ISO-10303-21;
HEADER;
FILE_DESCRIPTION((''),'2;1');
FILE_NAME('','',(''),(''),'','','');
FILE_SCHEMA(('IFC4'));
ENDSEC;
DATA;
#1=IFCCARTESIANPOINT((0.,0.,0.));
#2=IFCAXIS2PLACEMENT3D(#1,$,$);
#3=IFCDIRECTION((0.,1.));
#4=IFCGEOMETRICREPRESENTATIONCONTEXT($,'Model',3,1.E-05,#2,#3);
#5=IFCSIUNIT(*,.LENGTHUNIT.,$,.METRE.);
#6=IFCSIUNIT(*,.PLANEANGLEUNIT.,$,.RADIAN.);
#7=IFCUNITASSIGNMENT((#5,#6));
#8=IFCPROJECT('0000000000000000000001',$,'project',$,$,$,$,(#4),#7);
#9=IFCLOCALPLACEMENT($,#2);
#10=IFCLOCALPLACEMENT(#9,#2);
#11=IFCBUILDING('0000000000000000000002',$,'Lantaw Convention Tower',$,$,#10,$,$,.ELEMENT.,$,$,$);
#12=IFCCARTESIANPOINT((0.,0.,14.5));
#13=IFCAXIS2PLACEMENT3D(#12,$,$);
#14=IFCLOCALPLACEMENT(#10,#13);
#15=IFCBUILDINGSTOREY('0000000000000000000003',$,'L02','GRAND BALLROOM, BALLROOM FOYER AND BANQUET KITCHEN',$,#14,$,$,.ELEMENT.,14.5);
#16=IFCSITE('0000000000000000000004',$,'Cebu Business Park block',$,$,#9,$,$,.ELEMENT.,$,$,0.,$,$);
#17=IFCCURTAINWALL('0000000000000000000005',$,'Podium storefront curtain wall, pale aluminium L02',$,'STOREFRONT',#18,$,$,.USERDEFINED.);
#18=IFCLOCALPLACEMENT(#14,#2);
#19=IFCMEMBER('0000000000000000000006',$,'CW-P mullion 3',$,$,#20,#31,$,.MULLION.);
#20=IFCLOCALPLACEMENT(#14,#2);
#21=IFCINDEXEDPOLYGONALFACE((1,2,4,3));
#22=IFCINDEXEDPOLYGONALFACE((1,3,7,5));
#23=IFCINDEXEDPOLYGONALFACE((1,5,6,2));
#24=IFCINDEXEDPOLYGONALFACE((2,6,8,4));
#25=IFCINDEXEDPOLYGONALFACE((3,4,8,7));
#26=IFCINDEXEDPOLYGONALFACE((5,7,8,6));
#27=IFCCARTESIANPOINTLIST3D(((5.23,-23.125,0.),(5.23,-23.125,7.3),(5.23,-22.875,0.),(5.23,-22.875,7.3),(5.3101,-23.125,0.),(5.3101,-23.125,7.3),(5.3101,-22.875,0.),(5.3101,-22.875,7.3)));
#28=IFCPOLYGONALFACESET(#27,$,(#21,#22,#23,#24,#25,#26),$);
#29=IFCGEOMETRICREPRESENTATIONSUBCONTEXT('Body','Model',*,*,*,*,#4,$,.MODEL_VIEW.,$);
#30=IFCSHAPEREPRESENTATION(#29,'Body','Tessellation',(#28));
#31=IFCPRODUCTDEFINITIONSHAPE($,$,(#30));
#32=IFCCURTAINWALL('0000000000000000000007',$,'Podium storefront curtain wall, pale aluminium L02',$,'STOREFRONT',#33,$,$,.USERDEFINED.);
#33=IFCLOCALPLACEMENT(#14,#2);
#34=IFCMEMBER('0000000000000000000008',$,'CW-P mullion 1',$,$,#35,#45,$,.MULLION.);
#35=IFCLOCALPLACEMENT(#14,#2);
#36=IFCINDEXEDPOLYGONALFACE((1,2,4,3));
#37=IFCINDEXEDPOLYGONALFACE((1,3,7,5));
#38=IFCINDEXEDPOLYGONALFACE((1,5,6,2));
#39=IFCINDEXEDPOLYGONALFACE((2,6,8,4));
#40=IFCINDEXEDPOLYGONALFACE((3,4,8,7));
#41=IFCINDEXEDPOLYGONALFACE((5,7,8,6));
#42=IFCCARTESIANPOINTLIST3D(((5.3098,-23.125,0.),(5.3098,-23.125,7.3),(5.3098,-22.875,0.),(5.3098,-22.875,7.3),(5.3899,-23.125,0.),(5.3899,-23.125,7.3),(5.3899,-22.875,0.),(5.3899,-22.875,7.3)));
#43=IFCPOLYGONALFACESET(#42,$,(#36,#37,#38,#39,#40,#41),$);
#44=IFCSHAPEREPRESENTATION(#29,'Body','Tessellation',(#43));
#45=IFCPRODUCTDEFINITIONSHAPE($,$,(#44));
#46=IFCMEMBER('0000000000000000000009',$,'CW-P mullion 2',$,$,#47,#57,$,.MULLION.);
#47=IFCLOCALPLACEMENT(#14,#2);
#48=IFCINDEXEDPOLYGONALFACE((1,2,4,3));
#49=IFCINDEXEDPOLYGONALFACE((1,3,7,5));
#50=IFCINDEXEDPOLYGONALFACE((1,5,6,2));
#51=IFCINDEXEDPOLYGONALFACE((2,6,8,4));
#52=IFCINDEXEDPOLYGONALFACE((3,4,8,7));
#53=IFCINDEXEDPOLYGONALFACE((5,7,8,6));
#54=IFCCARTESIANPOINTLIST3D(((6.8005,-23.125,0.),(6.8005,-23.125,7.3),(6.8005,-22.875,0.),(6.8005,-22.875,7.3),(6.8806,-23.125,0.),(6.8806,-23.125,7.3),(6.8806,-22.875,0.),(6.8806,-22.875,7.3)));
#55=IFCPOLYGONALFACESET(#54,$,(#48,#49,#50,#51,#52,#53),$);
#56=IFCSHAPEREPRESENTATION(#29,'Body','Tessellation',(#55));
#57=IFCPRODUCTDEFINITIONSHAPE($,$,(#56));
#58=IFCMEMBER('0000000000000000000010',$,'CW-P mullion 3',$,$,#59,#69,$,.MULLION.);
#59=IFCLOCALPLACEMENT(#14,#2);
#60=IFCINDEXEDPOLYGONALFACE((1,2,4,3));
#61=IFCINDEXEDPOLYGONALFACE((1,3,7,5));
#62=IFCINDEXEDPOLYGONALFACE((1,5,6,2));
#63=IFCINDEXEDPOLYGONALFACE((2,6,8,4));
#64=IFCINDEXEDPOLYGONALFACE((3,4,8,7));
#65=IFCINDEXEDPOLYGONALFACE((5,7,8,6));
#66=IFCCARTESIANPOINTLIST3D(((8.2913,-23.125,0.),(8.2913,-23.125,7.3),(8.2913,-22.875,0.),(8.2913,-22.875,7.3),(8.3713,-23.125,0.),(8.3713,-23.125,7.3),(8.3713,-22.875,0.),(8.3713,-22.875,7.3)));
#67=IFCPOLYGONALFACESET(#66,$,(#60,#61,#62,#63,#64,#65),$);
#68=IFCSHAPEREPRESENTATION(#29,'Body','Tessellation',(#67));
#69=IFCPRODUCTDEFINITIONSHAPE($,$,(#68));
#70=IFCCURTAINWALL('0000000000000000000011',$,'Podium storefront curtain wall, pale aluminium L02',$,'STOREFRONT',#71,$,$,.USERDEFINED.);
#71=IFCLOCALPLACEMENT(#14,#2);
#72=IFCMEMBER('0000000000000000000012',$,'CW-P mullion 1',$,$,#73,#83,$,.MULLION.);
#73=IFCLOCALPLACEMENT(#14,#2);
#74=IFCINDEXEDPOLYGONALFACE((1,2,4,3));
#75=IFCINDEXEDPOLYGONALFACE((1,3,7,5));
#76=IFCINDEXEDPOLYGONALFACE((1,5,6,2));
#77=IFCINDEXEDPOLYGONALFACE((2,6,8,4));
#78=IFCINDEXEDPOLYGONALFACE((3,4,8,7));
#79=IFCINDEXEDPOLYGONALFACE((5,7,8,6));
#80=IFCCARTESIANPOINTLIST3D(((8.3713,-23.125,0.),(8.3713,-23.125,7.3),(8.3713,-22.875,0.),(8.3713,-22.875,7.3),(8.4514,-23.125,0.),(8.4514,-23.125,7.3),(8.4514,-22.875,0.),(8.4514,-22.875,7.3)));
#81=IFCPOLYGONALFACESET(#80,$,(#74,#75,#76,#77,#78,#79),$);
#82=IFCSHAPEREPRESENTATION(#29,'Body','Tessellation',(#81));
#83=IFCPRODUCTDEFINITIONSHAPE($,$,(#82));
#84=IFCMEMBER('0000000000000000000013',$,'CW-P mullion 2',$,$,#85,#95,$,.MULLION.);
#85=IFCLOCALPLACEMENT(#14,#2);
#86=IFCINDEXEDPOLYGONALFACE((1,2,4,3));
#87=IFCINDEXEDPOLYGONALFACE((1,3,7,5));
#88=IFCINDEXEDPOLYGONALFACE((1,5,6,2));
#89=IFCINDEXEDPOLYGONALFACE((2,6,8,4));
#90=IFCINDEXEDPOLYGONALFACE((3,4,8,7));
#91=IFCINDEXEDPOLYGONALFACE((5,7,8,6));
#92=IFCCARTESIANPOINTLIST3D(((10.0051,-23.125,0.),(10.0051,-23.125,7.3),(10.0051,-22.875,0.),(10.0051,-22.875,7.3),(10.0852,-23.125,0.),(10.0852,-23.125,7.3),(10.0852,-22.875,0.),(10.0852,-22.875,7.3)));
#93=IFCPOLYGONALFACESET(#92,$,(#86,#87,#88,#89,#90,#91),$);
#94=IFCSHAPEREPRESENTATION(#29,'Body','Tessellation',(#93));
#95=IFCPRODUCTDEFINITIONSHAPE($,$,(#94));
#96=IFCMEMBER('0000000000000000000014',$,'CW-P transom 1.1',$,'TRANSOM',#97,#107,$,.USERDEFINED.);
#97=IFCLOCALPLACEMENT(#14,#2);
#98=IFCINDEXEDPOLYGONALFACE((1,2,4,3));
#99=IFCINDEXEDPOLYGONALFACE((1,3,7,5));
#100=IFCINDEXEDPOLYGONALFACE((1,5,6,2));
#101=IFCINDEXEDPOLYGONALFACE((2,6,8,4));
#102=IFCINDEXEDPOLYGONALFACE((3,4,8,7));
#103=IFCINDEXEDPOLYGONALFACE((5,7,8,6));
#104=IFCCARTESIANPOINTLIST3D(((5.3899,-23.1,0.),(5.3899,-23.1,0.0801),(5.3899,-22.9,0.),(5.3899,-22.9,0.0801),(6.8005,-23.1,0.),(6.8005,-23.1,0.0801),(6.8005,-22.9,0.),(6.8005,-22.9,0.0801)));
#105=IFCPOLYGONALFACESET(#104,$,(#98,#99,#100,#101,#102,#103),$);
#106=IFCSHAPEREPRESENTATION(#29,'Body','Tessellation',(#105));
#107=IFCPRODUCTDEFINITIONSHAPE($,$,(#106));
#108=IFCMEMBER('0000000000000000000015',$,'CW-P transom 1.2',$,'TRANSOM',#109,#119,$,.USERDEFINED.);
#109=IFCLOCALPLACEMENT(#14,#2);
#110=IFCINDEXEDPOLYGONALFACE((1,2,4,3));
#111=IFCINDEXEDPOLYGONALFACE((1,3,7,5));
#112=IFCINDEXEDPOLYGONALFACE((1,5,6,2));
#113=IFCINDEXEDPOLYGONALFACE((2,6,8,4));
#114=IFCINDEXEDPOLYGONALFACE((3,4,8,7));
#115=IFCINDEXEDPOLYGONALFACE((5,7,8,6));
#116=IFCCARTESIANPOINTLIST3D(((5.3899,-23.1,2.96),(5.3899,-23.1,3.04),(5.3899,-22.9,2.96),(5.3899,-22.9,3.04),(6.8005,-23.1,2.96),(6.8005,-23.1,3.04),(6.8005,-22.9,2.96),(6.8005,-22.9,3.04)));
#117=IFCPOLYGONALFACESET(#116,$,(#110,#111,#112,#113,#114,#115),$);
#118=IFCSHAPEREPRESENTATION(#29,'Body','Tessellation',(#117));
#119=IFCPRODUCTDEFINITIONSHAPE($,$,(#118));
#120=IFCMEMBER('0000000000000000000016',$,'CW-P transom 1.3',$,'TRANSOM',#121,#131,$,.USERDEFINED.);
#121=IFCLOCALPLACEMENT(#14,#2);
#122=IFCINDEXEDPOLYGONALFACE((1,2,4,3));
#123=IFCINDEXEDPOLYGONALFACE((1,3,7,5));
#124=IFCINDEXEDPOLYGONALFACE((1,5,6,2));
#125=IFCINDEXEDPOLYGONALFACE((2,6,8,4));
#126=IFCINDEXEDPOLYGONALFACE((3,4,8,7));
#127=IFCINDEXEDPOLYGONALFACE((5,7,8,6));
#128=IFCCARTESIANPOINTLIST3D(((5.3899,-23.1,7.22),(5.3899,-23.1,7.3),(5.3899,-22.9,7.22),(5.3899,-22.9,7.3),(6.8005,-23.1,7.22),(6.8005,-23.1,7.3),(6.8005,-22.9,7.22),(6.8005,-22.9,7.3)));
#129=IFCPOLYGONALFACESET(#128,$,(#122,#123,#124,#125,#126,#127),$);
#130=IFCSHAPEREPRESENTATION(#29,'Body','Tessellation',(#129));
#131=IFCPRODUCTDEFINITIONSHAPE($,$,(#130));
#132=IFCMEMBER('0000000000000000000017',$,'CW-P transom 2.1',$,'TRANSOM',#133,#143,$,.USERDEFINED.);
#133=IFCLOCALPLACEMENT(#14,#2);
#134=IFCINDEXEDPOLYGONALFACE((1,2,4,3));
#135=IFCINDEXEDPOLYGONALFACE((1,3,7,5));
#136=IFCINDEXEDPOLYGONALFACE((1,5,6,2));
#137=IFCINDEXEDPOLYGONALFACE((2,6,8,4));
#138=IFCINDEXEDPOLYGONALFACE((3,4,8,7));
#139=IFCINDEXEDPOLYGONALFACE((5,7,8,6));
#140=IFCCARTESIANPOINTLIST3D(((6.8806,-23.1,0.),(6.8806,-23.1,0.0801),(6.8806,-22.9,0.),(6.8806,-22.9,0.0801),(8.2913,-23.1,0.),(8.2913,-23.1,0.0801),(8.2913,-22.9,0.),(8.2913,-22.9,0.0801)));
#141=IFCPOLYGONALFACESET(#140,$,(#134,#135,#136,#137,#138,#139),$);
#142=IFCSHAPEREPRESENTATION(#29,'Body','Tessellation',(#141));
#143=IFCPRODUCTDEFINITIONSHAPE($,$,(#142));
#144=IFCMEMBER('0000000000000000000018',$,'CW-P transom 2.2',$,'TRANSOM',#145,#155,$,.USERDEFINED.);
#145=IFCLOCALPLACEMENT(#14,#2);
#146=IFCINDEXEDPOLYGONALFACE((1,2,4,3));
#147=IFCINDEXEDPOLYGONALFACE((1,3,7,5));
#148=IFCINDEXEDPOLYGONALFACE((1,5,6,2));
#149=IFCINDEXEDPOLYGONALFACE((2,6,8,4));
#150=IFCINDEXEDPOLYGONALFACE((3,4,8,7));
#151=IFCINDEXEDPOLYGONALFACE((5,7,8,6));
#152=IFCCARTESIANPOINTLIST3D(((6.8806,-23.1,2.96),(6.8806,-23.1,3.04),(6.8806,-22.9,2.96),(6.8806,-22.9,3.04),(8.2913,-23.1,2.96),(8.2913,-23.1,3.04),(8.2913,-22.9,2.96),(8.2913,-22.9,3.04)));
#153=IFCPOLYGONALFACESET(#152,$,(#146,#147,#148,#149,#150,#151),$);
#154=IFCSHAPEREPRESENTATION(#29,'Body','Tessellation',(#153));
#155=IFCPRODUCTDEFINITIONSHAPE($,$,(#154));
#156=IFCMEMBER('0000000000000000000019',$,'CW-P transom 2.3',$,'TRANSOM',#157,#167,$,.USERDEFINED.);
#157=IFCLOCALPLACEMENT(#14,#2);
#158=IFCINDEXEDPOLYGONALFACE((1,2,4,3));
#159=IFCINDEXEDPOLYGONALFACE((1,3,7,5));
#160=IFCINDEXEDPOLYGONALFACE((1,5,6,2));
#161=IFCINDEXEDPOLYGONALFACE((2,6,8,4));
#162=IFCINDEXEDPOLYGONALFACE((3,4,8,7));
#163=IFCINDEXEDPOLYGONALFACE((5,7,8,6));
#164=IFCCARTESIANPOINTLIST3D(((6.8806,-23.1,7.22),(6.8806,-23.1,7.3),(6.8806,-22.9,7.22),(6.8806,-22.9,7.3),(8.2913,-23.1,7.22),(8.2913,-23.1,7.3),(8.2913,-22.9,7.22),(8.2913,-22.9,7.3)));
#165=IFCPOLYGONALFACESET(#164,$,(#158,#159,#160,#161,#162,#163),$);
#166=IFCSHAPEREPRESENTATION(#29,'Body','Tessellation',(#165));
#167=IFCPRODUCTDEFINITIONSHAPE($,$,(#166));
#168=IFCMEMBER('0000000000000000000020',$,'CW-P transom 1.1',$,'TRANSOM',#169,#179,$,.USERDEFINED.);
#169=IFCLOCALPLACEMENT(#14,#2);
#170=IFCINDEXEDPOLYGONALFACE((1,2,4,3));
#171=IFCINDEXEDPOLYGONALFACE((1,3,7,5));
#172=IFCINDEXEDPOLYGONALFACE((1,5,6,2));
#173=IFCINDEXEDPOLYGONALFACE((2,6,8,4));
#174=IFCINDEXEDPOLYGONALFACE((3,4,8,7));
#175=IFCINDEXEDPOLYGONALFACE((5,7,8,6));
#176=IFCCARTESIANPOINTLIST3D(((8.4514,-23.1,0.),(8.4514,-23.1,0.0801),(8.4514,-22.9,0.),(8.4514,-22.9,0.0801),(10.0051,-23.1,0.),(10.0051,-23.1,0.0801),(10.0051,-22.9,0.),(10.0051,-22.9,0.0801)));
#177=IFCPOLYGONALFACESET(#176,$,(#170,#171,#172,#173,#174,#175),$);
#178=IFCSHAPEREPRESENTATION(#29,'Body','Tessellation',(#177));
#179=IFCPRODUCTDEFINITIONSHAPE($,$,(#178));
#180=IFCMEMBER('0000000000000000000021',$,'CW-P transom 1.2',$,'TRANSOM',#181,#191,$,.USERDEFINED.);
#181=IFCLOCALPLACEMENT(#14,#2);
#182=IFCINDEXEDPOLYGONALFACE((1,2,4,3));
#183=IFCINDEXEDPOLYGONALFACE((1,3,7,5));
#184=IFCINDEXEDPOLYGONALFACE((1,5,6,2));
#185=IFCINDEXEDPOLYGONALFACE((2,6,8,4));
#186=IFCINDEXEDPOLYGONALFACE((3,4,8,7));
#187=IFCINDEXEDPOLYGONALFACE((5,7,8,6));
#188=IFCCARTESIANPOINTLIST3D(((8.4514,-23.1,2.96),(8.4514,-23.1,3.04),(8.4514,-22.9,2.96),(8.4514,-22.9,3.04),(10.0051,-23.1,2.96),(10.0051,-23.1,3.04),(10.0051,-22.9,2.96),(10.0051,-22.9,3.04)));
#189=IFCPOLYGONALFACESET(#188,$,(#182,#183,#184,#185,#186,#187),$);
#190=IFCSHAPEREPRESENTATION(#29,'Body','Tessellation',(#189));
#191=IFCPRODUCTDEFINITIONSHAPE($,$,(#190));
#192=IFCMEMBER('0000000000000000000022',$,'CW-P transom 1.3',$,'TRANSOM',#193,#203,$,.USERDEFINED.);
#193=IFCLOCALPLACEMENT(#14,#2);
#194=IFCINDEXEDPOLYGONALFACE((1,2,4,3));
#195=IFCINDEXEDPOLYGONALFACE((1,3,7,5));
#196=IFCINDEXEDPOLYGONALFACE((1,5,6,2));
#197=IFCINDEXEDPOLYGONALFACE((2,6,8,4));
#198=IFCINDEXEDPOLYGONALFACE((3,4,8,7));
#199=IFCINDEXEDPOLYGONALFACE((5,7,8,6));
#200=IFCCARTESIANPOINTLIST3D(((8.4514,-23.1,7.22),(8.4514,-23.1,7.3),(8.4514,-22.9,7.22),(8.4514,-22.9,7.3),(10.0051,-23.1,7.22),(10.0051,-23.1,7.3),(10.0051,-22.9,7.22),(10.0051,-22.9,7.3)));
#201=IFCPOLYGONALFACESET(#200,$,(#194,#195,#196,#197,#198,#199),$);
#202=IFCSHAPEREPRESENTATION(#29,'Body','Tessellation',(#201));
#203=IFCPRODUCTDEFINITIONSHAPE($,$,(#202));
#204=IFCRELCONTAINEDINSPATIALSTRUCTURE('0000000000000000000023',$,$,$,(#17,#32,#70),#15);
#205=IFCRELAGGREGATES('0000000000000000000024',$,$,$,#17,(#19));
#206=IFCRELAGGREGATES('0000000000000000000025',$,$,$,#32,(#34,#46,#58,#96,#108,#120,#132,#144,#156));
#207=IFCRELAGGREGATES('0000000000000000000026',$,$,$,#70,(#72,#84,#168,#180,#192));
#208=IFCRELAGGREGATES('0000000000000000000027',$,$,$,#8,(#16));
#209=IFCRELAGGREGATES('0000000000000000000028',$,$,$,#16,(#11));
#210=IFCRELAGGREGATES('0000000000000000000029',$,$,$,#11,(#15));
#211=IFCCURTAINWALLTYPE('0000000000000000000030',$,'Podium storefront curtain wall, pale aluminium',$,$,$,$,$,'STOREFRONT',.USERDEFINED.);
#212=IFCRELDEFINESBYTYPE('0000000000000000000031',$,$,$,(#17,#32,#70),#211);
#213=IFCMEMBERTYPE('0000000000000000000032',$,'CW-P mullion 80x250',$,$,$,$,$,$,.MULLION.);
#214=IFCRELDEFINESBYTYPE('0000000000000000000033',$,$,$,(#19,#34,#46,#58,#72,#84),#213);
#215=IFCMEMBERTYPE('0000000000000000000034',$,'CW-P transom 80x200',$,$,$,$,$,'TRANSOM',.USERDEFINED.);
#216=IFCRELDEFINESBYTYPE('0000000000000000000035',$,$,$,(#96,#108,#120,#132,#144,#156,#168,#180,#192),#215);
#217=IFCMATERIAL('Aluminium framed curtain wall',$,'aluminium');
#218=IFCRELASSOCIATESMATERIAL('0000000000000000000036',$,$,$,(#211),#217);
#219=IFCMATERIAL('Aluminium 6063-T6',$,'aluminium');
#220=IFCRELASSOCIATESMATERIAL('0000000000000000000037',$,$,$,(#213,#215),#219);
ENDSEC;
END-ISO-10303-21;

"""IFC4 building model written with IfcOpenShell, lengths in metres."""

from ifc_helpers import new_model, si_unit, direction, frame, origin, origin_2d, place, context, subcontext, project, spatial, rectangle, extrude, material, material_profile, profile_set, type_object, element, aggregate, save


model = new_model("IFC4")

# Units and contexts
model_context = context("Model", 3, precision=1e-05, world=origin(), true_north=direction((0.0, 1.0)))
body_context = subcontext(model_context, "Body", "Model", "MODEL_VIEW")
ifc_project = project(units=[si_unit("LENGTHUNIT", "METRE"), si_unit("PLANEANGLEUNIT", "RADIAN")], contexts=[model_context])

# Site, building, storey
site_placement = place(None, origin())
site = spatial("IfcSite", under=ifc_project, at=site_placement, Name="Cebu Business Park block", CompositionType="ELEMENT", RefElevation=0.0)
building_placement = place(site_placement, origin())
building = spatial("IfcBuilding", under=site, at=building_placement, Name="Lantaw Convention Tower", CompositionType="ELEMENT")
storey_placement = place(building_placement, frame((0.0, 0.0, 14.5)))
storey = spatial("IfcBuildingStorey", under=building, at=storey_placement, Name="L02", Description="GRAND BALLROOM, BALLROOM FOYER AND BANQUET KITCHEN", CompositionType="ELEMENT", Elevation=14.5)

# Curtain wall, member
ifc_material_1 = material(Name="Aluminium framed curtain wall", Category="aluminium")
curtain_wall_type = type_object("IfcCurtainWallType", Name="Podium storefront curtain wall, pale aluminium", ElementType="STOREFRONT", PredefinedType="USERDEFINED", material=ifc_material_1)
curtain_wall_1_placement = place(storey_placement, origin())
curtain_wall_1 = element("IfcCurtainWall", 1, at=curtain_wall_1_placement, inside=storey, type_object=curtain_wall_type, Name="Podium storefront curtain wall, pale aluminium L02", ObjectType="STOREFRONT", PredefinedType="USERDEFINED")
ifc_material_2 = material(Name="Aluminium 6063-T6", Category="aluminium")
ifc_material_profile_1 = material_profile(ifc_material_2, rectangle(XDim=0.25, YDim=0.0801, at=origin_2d()), Name="CW-P mullion 80x250")
ifc_profile_set_1 = profile_set([ifc_material_profile_1], Name="Aluminium 6063-T6")
member_type_1 = type_object("IfcMemberType", Name="CW-P mullion 80x250", PredefinedType="MULLION", material=ifc_profile_set_1)
member_1_placement = place(storey_placement, frame((5.27, -23.0, 0.0), z_axis=(0.0, 0.0, 1.0), x_axis=(0.0, 1.0, 0.0)))
member_1 = element("IfcMember", 2, at=member_1_placement, type_object=member_type_1, Name="CW-P mullion 3", PredefinedType="MULLION", context=body_context, shape_type="SweptSolid", body=[
    extrude(rectangle(XDim=0.25, YDim=0.0801, at=origin_2d()), origin(), (0.0, 0.0, 1.0), 7.3),
])
aggregate(curtain_wall_1, [member_1])

# Curtain walls, members
curtain_wall_2_placement = place(storey_placement, origin())
curtain_wall_2 = element("IfcCurtainWall", 3, at=curtain_wall_2_placement, inside=storey, type_object=curtain_wall_type, Name="Podium storefront curtain wall, pale aluminium L02", ObjectType="STOREFRONT", PredefinedType="USERDEFINED")
member_2_placement = place(storey_placement, frame((5.3499, -23.0, 0.0), z_axis=(0.0, 0.0, 1.0), x_axis=(0.0, 1.0, 0.0)))
member_2 = element("IfcMember", 4, at=member_2_placement, type_object=member_type_1, Name="CW-P mullion 1", PredefinedType="MULLION", context=body_context, shape_type="SweptSolid", body=[
    extrude(rectangle(XDim=0.25, YDim=0.0801, at=origin_2d()), origin(), (0.0, 0.0, 1.0), 7.3),
])
member_3_placement = place(storey_placement, frame((6.8406, -23.0, 0.0), z_axis=(0.0, 0.0, 1.0), x_axis=(0.0, 1.0, 0.0)))
member_3 = element("IfcMember", 5, at=member_3_placement, type_object=member_type_1, Name="CW-P mullion 2", PredefinedType="MULLION", context=body_context, shape_type="SweptSolid", body=[
    extrude(rectangle(XDim=0.25, YDim=0.0801, at=origin_2d()), origin(), (0.0, 0.0, 1.0), 7.3),
])
member_4_placement = place(storey_placement, frame((8.3313, -23.0, 0.0), z_axis=(0.0, 0.0, 1.0), x_axis=(0.0, 1.0, 0.0)))
member_4 = element("IfcMember", 6, at=member_4_placement, type_object=member_type_1, Name="CW-P mullion 3", PredefinedType="MULLION", context=body_context, shape_type="SweptSolid", body=[
    extrude(rectangle(XDim=0.25, YDim=0.0801, at=origin_2d()), origin(), (0.0, 0.0, 1.0), 7.3),
])
curtain_wall_3_placement = place(storey_placement, origin())
curtain_wall_3 = element("IfcCurtainWall", 7, at=curtain_wall_3_placement, inside=storey, type_object=curtain_wall_type, Name="Podium storefront curtain wall, pale aluminium L02", ObjectType="STOREFRONT", PredefinedType="USERDEFINED")
member_5_placement = place(storey_placement, frame((8.4114, -23.0, 0.0), z_axis=(0.0, 0.0, 1.0), x_axis=(0.0, 1.0, 0.0)))
member_5 = element("IfcMember", 8, at=member_5_placement, type_object=member_type_1, Name="CW-P mullion 1", PredefinedType="MULLION", context=body_context, shape_type="SweptSolid", body=[
    extrude(rectangle(XDim=0.25, YDim=0.0801, at=origin_2d()), origin(), (0.0, 0.0, 1.0), 7.3),
])
member_6_placement = place(storey_placement, frame((10.0452, -23.0, 0.0), z_axis=(0.0, 0.0, 1.0), x_axis=(0.0, 1.0, 0.0)))
member_6 = element("IfcMember", 9, at=member_6_placement, type_object=member_type_1, Name="CW-P mullion 2", PredefinedType="MULLION", context=body_context, shape_type="SweptSolid", body=[
    extrude(rectangle(XDim=0.25, YDim=0.0801, at=origin_2d()), origin(), (0.0, 0.0, 1.0), 7.3),
])

# Members
ifc_material_profile_2 = material_profile(ifc_material_2, rectangle(XDim=0.2, YDim=0.0801, at=origin_2d()), Name="CW-P transom 80x200")
ifc_profile_set_2 = profile_set([ifc_material_profile_2], Name="Aluminium 6063-T6")
member_type_2 = type_object("IfcMemberType", Name="CW-P transom 80x200", ElementType="TRANSOM", PredefinedType="USERDEFINED", material=ifc_profile_set_2)
member_7_placement = place(storey_placement, frame((5.3899, -23.0, 0.04), z_axis=(1.0, 0.0, 0.0), x_axis=(0.0, 1.0, 0.0)))
member_7 = element("IfcMember", 10, at=member_7_placement, type_object=member_type_2, Name="CW-P transom 1.1", ObjectType="TRANSOM", PredefinedType="USERDEFINED", context=body_context, shape_type="SweptSolid", body=[
    extrude(rectangle(XDim=0.2, YDim=0.0801, at=origin_2d()), origin(), (0.0, 0.0, 1.0), 1.4106),
])
member_8_placement = place(storey_placement, frame((5.3899, -23.0, 3.0), z_axis=(1.0, 0.0, 0.0), x_axis=(0.0, 1.0, 0.0)))
member_8 = element("IfcMember", 11, at=member_8_placement, type_object=member_type_2, Name="CW-P transom 1.2", ObjectType="TRANSOM", PredefinedType="USERDEFINED", context=body_context, shape_type="SweptSolid", body=[
    extrude(rectangle(XDim=0.2, YDim=0.0801, at=origin_2d()), origin(), (0.0, 0.0, 1.0), 1.4106),
])
member_9_placement = place(storey_placement, frame((5.3899, -23.0, 7.26), z_axis=(1.0, 0.0, 0.0), x_axis=(0.0, 1.0, 0.0)))
member_9 = element("IfcMember", 12, at=member_9_placement, type_object=member_type_2, Name="CW-P transom 1.3", ObjectType="TRANSOM", PredefinedType="USERDEFINED", context=body_context, shape_type="SweptSolid", body=[
    extrude(rectangle(XDim=0.2, YDim=0.0801, at=origin_2d()), origin(), (0.0, 0.0, 1.0), 1.4106),
])
member_10_placement = place(storey_placement, frame((6.8806, -23.0, 0.04), z_axis=(1.0, 0.0, 0.0), x_axis=(0.0, 1.0, 0.0)))
member_10 = element("IfcMember", 13, at=member_10_placement, type_object=member_type_2, Name="CW-P transom 2.1", ObjectType="TRANSOM", PredefinedType="USERDEFINED", context=body_context, shape_type="SweptSolid", body=[
    extrude(rectangle(XDim=0.2, YDim=0.0801, at=origin_2d()), origin(), (0.0, 0.0, 1.0), 1.4106),
])
member_11_placement = place(storey_placement, frame((6.8806, -23.0, 3.0), z_axis=(1.0, 0.0, 0.0), x_axis=(0.0, 1.0, 0.0)))
member_11 = element("IfcMember", 14, at=member_11_placement, type_object=member_type_2, Name="CW-P transom 2.2", ObjectType="TRANSOM", PredefinedType="USERDEFINED", context=body_context, shape_type="SweptSolid", body=[
    extrude(rectangle(XDim=0.2, YDim=0.0801, at=origin_2d()), origin(), (0.0, 0.0, 1.0), 1.4106),
])
member_12_placement = place(storey_placement, frame((6.8806, -23.0, 7.26), z_axis=(1.0, 0.0, 0.0), x_axis=(0.0, 1.0, 0.0)))
member_12 = element("IfcMember", 15, at=member_12_placement, type_object=member_type_2, Name="CW-P transom 2.3", ObjectType="TRANSOM", PredefinedType="USERDEFINED", context=body_context, shape_type="SweptSolid", body=[
    extrude(rectangle(XDim=0.2, YDim=0.0801, at=origin_2d()), origin(), (0.0, 0.0, 1.0), 1.4106),
])
member_13_placement = place(storey_placement, frame((8.4514, -23.0, 0.04), z_axis=(1.0, 0.0, 0.0), x_axis=(0.0, 1.0, 0.0)))
member_13 = element("IfcMember", 16, at=member_13_placement, type_object=member_type_2, Name="CW-P transom 1.1", ObjectType="TRANSOM", PredefinedType="USERDEFINED", context=body_context, shape_type="SweptSolid", body=[
    extrude(rectangle(XDim=0.2, YDim=0.0801, at=origin_2d()), origin(), (0.0, 0.0, 1.0), 1.5537),
])
member_14_placement = place(storey_placement, frame((8.4514, -23.0, 3.0), z_axis=(1.0, 0.0, 0.0), x_axis=(0.0, 1.0, 0.0)))
member_14 = element("IfcMember", 17, at=member_14_placement, type_object=member_type_2, Name="CW-P transom 1.2", ObjectType="TRANSOM", PredefinedType="USERDEFINED", context=body_context, shape_type="SweptSolid", body=[
    extrude(rectangle(XDim=0.2, YDim=0.0801, at=origin_2d()), origin(), (0.0, 0.0, 1.0), 1.5537),
])
member_15_placement = place(storey_placement, frame((8.4514, -23.0, 7.26), z_axis=(1.0, 0.0, 0.0), x_axis=(0.0, 1.0, 0.0)))
member_15 = element("IfcMember", 18, at=member_15_placement, type_object=member_type_2, Name="CW-P transom 1.3", ObjectType="TRANSOM", PredefinedType="USERDEFINED", context=body_context, shape_type="SweptSolid", body=[
    extrude(rectangle(XDim=0.2, YDim=0.0801, at=origin_2d()), origin(), (0.0, 0.0, 1.0), 1.5537),
])

aggregate(curtain_wall_2, [member_2, member_3, member_4, member_7, member_8, member_9, member_10, member_11, member_12])
aggregate(curtain_wall_3, [member_5, member_6, member_13, member_14, member_15])

save(model, "model.ifc")
